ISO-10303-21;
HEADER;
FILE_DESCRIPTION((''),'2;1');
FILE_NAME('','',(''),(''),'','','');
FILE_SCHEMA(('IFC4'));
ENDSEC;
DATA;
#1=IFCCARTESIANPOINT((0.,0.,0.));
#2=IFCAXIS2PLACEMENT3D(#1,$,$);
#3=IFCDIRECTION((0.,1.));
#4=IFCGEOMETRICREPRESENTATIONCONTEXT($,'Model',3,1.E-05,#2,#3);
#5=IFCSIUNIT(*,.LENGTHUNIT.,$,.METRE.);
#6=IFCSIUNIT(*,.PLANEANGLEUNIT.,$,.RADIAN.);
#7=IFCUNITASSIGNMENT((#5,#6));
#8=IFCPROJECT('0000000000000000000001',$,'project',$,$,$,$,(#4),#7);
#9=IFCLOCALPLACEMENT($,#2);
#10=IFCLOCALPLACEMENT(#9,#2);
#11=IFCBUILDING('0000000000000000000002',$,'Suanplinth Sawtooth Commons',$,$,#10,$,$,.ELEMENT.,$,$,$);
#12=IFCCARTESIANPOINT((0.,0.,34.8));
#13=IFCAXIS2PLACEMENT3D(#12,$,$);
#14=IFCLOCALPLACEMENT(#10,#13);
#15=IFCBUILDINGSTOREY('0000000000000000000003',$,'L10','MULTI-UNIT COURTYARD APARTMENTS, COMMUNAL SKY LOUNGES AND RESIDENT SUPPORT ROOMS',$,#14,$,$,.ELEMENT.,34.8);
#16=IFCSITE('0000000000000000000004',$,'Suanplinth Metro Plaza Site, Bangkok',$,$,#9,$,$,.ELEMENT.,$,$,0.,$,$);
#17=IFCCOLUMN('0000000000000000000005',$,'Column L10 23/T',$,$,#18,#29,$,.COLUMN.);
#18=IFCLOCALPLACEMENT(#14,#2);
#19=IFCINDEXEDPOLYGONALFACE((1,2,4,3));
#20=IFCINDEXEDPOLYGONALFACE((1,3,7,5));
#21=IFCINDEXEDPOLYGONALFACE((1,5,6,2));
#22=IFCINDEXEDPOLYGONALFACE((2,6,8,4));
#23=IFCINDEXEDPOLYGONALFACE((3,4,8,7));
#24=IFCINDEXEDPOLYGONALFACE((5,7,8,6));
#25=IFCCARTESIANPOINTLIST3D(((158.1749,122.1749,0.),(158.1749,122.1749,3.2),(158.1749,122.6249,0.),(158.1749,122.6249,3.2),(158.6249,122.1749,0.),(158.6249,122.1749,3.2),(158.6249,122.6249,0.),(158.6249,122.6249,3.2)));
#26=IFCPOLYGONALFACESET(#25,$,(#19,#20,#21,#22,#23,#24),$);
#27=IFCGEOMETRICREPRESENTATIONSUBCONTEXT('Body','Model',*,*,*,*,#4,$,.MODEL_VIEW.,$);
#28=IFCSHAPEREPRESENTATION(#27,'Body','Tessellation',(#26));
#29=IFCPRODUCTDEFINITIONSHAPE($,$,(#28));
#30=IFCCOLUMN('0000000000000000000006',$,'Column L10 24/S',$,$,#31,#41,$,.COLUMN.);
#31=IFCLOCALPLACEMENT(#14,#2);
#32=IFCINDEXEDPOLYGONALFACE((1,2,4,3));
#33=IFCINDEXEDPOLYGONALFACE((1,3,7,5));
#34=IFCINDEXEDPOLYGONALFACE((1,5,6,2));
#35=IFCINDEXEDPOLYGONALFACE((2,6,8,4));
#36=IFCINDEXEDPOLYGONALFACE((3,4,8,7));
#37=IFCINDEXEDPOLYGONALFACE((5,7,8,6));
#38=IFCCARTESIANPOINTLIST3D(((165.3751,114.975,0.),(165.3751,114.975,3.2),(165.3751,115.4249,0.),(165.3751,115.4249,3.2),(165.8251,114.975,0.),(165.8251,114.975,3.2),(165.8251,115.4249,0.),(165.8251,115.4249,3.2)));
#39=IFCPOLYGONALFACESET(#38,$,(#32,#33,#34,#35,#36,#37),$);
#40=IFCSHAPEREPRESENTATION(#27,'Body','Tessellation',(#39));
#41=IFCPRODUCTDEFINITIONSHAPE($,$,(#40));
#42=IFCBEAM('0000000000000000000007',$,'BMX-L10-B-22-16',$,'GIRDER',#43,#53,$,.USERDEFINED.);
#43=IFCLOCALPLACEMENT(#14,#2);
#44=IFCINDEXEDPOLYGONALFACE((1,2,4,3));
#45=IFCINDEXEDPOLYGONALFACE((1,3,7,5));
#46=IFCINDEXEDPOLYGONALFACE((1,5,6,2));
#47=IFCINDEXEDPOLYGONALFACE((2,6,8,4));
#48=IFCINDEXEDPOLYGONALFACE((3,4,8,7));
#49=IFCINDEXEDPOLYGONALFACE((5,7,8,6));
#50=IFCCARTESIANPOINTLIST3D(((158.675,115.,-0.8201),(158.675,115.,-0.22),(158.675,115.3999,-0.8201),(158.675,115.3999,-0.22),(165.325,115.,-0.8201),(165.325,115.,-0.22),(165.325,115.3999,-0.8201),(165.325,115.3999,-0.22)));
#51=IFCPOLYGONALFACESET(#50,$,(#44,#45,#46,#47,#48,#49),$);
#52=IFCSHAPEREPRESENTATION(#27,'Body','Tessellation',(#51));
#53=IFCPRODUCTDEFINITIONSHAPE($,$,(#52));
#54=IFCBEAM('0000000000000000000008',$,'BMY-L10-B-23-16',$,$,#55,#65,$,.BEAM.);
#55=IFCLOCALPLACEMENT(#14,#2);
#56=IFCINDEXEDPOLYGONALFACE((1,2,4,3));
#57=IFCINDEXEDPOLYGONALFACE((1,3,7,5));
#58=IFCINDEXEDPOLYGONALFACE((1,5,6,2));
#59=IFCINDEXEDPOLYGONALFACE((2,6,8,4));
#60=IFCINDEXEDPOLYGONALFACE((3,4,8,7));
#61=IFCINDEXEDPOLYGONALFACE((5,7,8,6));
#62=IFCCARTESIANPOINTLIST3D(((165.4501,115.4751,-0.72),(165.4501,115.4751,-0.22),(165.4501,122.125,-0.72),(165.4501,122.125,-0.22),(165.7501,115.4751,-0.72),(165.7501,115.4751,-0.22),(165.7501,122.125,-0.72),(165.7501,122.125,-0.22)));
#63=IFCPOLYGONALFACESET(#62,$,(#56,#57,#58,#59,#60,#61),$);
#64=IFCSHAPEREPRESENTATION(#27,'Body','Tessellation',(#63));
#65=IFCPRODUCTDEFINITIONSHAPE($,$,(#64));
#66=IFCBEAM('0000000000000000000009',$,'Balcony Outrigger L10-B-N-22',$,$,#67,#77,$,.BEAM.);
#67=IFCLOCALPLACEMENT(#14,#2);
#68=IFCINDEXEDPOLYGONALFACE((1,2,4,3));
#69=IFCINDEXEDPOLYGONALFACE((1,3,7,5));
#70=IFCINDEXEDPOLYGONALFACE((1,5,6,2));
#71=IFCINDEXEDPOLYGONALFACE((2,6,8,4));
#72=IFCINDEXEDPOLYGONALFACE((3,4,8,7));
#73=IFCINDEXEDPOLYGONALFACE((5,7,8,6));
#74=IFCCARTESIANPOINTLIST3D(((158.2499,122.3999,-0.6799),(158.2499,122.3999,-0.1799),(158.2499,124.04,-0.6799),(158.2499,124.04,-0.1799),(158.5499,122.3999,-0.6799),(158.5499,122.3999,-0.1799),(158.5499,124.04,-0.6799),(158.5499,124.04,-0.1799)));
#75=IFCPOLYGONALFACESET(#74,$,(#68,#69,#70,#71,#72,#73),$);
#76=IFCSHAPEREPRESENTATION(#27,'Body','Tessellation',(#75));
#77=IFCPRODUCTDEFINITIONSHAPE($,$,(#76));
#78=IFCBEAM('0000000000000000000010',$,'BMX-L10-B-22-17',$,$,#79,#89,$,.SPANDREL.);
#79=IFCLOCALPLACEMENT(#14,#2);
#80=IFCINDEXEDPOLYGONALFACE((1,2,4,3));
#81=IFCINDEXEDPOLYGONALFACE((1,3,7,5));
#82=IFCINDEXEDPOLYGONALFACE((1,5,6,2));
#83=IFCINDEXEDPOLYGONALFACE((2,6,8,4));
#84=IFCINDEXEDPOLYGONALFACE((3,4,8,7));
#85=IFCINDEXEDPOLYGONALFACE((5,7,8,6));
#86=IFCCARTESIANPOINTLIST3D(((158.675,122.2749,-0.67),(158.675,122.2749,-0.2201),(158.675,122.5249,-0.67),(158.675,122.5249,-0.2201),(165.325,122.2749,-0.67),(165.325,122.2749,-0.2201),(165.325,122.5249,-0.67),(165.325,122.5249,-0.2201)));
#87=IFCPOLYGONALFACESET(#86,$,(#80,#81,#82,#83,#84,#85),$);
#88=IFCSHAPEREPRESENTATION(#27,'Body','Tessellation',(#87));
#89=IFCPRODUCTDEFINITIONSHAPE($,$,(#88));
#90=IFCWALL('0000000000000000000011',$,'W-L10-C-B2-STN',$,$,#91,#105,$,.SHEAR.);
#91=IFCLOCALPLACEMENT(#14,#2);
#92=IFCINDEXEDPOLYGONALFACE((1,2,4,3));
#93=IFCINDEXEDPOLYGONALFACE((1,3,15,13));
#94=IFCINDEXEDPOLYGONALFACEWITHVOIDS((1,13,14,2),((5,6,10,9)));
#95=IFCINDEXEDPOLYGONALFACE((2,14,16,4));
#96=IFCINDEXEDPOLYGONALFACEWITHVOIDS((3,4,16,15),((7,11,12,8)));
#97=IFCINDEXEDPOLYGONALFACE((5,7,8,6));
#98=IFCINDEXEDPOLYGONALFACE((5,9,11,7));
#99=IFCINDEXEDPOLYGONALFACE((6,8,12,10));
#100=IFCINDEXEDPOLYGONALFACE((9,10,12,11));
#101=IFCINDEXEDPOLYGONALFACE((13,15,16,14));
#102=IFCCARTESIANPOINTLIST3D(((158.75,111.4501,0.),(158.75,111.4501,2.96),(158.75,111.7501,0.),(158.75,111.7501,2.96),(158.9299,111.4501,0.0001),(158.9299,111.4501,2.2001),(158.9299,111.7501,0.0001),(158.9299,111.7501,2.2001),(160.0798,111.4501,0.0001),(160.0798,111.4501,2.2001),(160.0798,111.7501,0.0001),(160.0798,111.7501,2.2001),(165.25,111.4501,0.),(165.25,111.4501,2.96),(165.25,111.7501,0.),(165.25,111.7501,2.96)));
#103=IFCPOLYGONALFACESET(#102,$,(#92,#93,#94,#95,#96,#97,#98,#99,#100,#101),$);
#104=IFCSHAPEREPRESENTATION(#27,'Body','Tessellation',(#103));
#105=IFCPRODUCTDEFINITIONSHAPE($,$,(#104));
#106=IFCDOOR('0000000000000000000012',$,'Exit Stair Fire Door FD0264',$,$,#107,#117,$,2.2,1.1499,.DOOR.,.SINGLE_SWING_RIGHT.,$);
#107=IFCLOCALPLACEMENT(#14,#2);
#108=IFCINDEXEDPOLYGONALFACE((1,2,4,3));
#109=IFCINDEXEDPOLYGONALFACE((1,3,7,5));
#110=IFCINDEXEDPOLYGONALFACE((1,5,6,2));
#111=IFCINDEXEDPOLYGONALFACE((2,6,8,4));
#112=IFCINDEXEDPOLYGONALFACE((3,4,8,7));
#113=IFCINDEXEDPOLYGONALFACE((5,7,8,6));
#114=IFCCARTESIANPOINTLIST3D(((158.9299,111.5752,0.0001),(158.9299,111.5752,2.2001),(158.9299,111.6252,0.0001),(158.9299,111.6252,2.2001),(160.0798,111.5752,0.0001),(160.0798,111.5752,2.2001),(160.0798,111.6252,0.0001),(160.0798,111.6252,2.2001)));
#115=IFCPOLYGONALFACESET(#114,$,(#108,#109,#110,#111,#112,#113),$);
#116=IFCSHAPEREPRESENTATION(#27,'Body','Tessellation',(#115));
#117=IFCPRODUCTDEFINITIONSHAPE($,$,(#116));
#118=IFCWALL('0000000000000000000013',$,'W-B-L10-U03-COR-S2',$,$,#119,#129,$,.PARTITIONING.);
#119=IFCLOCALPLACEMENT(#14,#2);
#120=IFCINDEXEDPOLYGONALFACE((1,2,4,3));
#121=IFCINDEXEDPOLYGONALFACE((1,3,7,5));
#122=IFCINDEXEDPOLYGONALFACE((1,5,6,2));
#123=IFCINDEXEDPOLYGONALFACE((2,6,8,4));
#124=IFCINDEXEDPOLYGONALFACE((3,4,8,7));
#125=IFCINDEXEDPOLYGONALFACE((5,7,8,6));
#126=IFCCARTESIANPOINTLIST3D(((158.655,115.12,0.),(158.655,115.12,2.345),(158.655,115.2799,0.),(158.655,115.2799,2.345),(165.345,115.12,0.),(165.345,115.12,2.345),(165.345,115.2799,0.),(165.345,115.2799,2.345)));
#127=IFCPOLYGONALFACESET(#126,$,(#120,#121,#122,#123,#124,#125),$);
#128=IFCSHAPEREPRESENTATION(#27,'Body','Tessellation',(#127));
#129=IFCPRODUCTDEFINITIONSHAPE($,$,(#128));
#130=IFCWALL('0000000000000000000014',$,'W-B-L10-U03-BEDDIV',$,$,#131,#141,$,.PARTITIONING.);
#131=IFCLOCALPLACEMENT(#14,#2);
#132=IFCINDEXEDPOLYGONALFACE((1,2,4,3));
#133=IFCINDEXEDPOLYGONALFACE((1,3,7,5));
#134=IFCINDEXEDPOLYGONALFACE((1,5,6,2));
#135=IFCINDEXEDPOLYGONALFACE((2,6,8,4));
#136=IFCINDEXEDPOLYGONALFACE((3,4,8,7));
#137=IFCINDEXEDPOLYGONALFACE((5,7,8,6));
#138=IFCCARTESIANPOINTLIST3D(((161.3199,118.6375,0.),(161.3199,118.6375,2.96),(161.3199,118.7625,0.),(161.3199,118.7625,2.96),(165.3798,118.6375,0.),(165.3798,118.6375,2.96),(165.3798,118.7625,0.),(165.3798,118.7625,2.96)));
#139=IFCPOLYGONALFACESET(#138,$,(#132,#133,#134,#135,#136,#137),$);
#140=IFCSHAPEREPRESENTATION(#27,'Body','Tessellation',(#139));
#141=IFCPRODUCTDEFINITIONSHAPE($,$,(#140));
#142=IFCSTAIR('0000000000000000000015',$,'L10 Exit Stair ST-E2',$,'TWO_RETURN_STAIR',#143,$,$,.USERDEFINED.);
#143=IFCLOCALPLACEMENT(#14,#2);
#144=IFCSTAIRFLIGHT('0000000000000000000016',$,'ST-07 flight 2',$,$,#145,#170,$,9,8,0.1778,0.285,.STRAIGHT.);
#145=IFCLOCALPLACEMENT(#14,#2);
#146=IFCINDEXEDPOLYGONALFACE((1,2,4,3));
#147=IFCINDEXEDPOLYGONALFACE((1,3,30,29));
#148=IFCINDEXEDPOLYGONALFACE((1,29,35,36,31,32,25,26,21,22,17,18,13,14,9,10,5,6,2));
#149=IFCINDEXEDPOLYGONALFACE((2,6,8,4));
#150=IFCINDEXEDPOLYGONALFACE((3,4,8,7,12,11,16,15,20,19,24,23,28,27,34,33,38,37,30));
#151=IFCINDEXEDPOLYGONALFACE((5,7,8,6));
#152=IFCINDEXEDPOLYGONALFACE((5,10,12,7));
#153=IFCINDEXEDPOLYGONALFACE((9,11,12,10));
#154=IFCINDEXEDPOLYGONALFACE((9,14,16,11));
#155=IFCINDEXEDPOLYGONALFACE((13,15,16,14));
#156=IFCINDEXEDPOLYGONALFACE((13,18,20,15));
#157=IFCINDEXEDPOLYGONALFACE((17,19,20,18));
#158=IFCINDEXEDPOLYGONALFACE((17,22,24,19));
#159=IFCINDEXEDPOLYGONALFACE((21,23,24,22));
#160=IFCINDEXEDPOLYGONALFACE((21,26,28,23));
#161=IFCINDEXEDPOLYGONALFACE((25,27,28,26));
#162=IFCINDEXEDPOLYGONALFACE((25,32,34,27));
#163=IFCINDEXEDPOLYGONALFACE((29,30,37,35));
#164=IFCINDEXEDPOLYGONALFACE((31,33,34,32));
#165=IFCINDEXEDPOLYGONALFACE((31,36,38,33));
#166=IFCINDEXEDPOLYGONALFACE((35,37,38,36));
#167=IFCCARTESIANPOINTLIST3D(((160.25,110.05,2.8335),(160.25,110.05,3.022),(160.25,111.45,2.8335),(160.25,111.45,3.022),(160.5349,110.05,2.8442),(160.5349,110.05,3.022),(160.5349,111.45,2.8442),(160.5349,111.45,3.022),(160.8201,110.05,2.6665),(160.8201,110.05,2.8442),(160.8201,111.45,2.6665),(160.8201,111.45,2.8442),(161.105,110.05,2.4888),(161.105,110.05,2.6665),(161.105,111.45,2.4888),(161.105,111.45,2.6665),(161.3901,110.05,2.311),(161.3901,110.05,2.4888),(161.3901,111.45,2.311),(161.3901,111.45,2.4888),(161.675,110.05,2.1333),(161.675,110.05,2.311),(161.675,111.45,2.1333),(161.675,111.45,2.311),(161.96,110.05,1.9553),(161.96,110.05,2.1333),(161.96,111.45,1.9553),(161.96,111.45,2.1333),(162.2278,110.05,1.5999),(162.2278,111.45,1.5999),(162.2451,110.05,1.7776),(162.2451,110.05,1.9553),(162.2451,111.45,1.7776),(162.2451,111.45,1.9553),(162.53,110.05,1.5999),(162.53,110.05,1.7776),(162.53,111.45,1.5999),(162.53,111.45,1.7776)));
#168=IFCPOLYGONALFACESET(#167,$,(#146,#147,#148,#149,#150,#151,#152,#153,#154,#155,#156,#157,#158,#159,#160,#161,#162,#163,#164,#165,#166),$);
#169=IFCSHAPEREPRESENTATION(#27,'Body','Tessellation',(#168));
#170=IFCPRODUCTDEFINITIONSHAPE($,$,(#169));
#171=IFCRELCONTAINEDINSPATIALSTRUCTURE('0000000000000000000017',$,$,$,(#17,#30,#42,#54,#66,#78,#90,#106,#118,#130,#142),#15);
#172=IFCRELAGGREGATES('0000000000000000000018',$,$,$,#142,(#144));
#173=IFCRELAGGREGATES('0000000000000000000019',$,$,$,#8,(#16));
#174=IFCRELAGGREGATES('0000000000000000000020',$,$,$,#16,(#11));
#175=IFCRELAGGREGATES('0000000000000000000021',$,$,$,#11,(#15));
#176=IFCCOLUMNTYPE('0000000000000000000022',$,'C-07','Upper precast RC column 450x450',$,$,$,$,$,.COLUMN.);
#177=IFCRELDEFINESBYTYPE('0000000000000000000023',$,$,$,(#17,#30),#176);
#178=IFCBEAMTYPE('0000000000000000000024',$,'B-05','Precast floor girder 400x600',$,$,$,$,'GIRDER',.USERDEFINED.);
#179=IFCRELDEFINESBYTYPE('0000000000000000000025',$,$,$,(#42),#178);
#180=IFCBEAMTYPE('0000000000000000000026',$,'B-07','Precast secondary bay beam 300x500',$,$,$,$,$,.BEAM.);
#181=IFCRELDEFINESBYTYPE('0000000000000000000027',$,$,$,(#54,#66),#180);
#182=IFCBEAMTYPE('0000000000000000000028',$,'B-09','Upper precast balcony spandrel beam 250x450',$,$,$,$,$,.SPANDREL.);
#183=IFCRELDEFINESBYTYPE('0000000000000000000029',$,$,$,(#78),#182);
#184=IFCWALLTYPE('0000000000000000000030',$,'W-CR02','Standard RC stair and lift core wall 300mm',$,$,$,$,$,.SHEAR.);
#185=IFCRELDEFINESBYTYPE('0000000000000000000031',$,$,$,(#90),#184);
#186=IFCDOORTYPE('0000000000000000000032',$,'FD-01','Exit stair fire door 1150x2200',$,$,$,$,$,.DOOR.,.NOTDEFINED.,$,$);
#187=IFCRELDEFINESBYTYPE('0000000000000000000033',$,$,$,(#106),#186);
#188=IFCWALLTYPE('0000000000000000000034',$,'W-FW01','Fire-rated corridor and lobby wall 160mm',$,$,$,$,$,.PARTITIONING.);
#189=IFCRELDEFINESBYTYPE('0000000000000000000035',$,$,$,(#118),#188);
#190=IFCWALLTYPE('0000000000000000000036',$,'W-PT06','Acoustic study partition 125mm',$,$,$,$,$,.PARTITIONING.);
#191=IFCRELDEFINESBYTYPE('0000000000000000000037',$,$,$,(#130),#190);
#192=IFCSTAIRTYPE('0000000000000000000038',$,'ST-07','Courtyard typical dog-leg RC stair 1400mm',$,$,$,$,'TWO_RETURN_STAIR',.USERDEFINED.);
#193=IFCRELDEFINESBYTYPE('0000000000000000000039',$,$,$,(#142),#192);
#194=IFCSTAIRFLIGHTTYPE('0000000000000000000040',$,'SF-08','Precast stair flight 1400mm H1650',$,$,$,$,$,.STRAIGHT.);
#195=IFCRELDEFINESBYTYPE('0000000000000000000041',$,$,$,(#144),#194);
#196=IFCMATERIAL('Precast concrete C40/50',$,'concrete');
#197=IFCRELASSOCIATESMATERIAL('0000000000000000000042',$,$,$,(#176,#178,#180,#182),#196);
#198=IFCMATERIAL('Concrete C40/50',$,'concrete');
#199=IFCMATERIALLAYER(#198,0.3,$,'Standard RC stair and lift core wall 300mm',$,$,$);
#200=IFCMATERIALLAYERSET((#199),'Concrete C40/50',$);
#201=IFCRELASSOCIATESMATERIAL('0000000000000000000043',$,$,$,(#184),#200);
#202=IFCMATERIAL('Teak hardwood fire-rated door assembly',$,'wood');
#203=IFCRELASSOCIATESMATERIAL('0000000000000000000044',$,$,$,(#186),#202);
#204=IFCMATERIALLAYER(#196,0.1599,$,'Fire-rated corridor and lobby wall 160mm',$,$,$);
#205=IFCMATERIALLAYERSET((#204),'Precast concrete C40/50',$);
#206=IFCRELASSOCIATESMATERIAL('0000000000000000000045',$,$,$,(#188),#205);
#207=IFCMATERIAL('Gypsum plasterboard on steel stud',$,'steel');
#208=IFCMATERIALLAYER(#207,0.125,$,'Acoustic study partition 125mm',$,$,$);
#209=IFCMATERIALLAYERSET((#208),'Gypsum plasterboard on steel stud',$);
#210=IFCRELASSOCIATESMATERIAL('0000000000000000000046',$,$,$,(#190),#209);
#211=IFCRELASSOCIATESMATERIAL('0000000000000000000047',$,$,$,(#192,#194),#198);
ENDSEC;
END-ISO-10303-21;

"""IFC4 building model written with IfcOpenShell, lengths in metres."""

from ifc_helpers import new_model, si_unit, direction, frame, frame_2d, origin, origin_2d, place, context, subcontext, project, spatial, polyline, rectangle, outline, extrude, material, layer, layer_set, material_profile, profile_set, type_object, element, fill, aggregate, save


model = new_model("IFC4")

# Units and contexts
model_context = context("Model", 3, precision=1e-05, world=origin(), true_north=direction((0.0, 1.0)))
body_context = subcontext(model_context, "Body", "Model", "MODEL_VIEW")
ifc_project = project(units=[si_unit("LENGTHUNIT", "METRE"), si_unit("PLANEANGLEUNIT", "RADIAN")], contexts=[model_context])

# Site, building, storey
site_placement = place(None, origin())
site = spatial("IfcSite", under=ifc_project, at=site_placement, Name="Suanplinth Metro Plaza Site, Bangkok", CompositionType="ELEMENT", RefElevation=0.0)
building_placement = place(site_placement, origin())
building = spatial("IfcBuilding", under=site, at=building_placement, Name="Suanplinth Sawtooth Commons", CompositionType="ELEMENT")
storey_placement = place(building_placement, frame((0.0, 0.0, 34.8)))
storey = spatial("IfcBuildingStorey", under=building, at=storey_placement, Name="L10", Description="MULTI-UNIT COURTYARD APARTMENTS, COMMUNAL SKY LOUNGES AND RESIDENT SUPPORT ROOMS", CompositionType="ELEMENT", Elevation=34.8)

# Columns
ifc_material_1 = material(Name="Precast concrete C40/50", Category="concrete")
ifc_material_profile_1 = material_profile(ifc_material_1, rectangle(XDim=0.45, YDim=0.45, at=origin_2d()), Name="PC-COL 450x450")
ifc_profile_set_1 = profile_set([ifc_material_profile_1], Name="Precast concrete C40/50")
column_type = type_object("IfcColumnType", Name="C-07", Description="Upper precast RC column 450x450", PredefinedType="COLUMN", material=ifc_profile_set_1)
for number, where, z_axis, x_axis, name in (
    (1, (158.3999, 122.3999, 0.0), (0.0, 0.0, 1.0), (1.0, 0.0, 0.0), "Column L10 23/T"),
    (2, (165.6001, 115.2, 0.0), (0.0, 0.0, 1.0), (1.0, 0.0, 0.0), "Column L10 24/S"),
):
    element("IfcColumn", number, at=place(storey_placement, frame(where, z_axis=z_axis, x_axis=x_axis)), inside=storey, type_object=column_type, Name=name, PredefinedType="COLUMN", context=body_context, shape_type="SweptSolid", body=[
        extrude(rectangle(XDim=0.45, YDim=0.45, at=origin_2d()), origin(), (0.0, 0.0, 1.0), 3.2),
    ])

# Beams
ifc_material_profile_2 = material_profile(ifc_material_1, rectangle(XDim=0.3999, YDim=0.6001, at=origin_2d()), Name="PC-GDR 400x600")
ifc_profile_set_2 = profile_set([ifc_material_profile_2], Name="Precast concrete C40/50")
beam_type_1 = type_object("IfcBeamType", Name="B-05", Description="Precast floor girder 400x600", ElementType="GIRDER", PredefinedType="USERDEFINED", material=ifc_profile_set_2)
beam_1_placement = place(storey_placement, frame((158.675, 115.2, -0.52), z_axis=(1.0, 0.0, 0.0), x_axis=(0.0, 1.0, 0.0)))
element("IfcBeam", 3, at=beam_1_placement, inside=storey, type_object=beam_type_1, Name="BMX-L10-B-22-16", ObjectType="GIRDER", PredefinedType="USERDEFINED", context=body_context, shape_type="SweptSolid", body=[
    extrude(rectangle(XDim=0.3999, YDim=0.6001, at=origin_2d()), origin(), (0.0, 0.0, 1.0), 6.6499),
])
ifc_material_profile_3 = material_profile(ifc_material_1, rectangle(XDim=0.3, YDim=0.5, at=origin_2d()), Name="PC-BM 300x500")
ifc_profile_set_3 = profile_set([ifc_material_profile_3], Name="Precast concrete C40/50")
beam_type_2 = type_object("IfcBeamType", Name="B-07", Description="Precast secondary bay beam 300x500", PredefinedType="BEAM", material=ifc_profile_set_3)
beam_2_placement = place(storey_placement, frame((165.6001, 115.4751, -0.47), z_axis=(0.0, 1.0, 0.0), x_axis=(-1.0, 0.0, 0.0)))
element("IfcBeam", 4, at=beam_2_placement, inside=storey, type_object=beam_type_2, Name="BMY-L10-B-23-16", PredefinedType="BEAM", context=body_context, shape_type="SweptSolid", body=[
    extrude(rectangle(XDim=0.3, YDim=0.5, at=origin_2d()), origin(), (0.0, 0.0, 1.0), 6.6499),
])
beam_3_placement = place(storey_placement, frame((158.3999, 122.3999, -0.4299), z_axis=(0.0, 1.0, 0.0), x_axis=(-1.0, 0.0, 0.0)))
element("IfcBeam", 5, at=beam_3_placement, inside=storey, type_object=beam_type_2, Name="Balcony Outrigger L10-B-N-22", PredefinedType="BEAM", context=body_context, shape_type="SweptSolid", body=[
    extrude(rectangle(XDim=0.3, YDim=0.5, at=origin_2d()), origin(), (0.0, 0.0, 1.0), 1.6401),
])
ifc_material_profile_4 = material_profile(ifc_material_1, rectangle(XDim=0.25, YDim=0.45, at=origin_2d()), Name="PC-SP 250x450")
ifc_profile_set_4 = profile_set([ifc_material_profile_4], Name="Precast concrete C40/50")
beam_type_3 = type_object("IfcBeamType", Name="B-09", Description="Upper precast balcony spandrel beam 250x450", PredefinedType="SPANDREL", material=ifc_profile_set_4)
beam_4_placement = place(storey_placement, frame((158.675, 122.3999, -0.4451), z_axis=(1.0, 0.0, 0.0), x_axis=(0.0, 1.0, 0.0)))
element("IfcBeam", 6, at=beam_4_placement, inside=storey, type_object=beam_type_3, Name="BMX-L10-B-22-17", PredefinedType="SPANDREL", context=body_context, shape_type="SweptSolid", body=[
    extrude(rectangle(XDim=0.25, YDim=0.45, at=origin_2d()), origin(), (0.0, 0.0, 1.0), 6.6499),
])

# Wall, opening, door
ifc_material_2 = material(Name="Concrete C40/50", Category="concrete")
ifc_layer_1 = layer(ifc_material_2, 0.3, Name="Standard RC stair and lift core wall 300mm")
ifc_layer_set_1 = layer_set([ifc_layer_1], Name="Concrete C40/50")
wall_type_1 = type_object("IfcWallType", Name="W-CR02", Description="Standard RC stair and lift core wall 300mm", PredefinedType="SHEAR", material=ifc_layer_set_1)
wall_1_placement = place(storey_placement, frame((158.75, 111.6001, 0.0), z_axis=(0.0, 0.0, 1.0), x_axis=(1.0, 0.0, 0.0)))
wall_1 = element("IfcWall", 7, at=wall_1_placement, inside=storey, type_object=wall_type_1, Name="W-L10-C-B2-STN", PredefinedType="SHEAR", context=body_context, shape_type="SweptSolid", body=[
    extrude(rectangle(XDim=6.5, YDim=0.3, at=frame_2d((3.25, 0.0))), origin(), (0.0, 0.0, 1.0), 2.96),
])
opening_1_placement = place(wall_1_placement, frame((0.1799, 0.0, 0.0)))
opening_1 = element("IfcOpeningElement", 8, at=opening_1_placement, cuts=wall_1, PredefinedType="OPENING", context=body_context, shape_type="SweptSolid", body=[
    extrude(rectangle(XDim=1.1499, YDim=2.2, at=frame_2d((0.575, 1.1001))), frame((0.0, 0.165, 0.0), z_axis=(0.0, -1.0, 0.0), x_axis=(1.0, 0.0, 0.0)), (0.0, 0.0, 1.0), 0.3298),
])
ifc_material_3 = material(Name="Teak hardwood fire-rated door assembly", Category="wood")
door_type_1 = type_object("IfcDoorType", Name="FD-01", Description="Exit stair fire door 1150x2200", OperationType="NOTDEFINED", PredefinedType="DOOR", material=ifc_material_3)
door_1_placement = place(opening_1_placement, frame((1.1499, 0.0, 0.0), z_axis=(0.0, 0.0, 1.0), x_axis=(-1.0, 0.0, 0.0)))
door_1 = element("IfcDoor", 9, at=door_1_placement, inside=storey, type_object=door_type_1, Name="Exit Stair Fire Door FD0264", OperationType="SINGLE_SWING_RIGHT", OverallHeight=2.2, OverallWidth=1.1499, PredefinedType="DOOR", context=body_context, shape_type="SweptSolid", body=[
    extrude(rectangle(XDim=1.1499, YDim=2.2, at=frame_2d((0.575, 1.1001))), frame((0.0, 0.0249, 0.0), z_axis=(0.0, -1.0, 0.0), x_axis=(1.0, 0.0, 0.0)), (0.0, 0.0, 1.0), 0.05),
])
fill(opening_1, door_1)

# Wall
ifc_layer_2 = layer(ifc_material_1, 0.1599, Name="Fire-rated corridor and lobby wall 160mm")
ifc_layer_set_2 = layer_set([ifc_layer_2], Name="Precast concrete C40/50")
wall_type_2 = type_object("IfcWallType", Name="W-FW01", Description="Fire-rated corridor and lobby wall 160mm", PredefinedType="PARTITIONING", material=ifc_layer_set_2)
wall_2_placement = place(storey_placement, frame((158.655, 115.2, 0.0), z_axis=(0.0, 0.0, 1.0), x_axis=(1.0, 0.0, 0.0)))
element("IfcWall", 10, at=wall_2_placement, inside=storey, type_object=wall_type_2, Name="W-B-L10-U03-COR-S2", PredefinedType="PARTITIONING", context=body_context, shape_type="SweptSolid", body=[
    extrude(rectangle(XDim=6.6899, YDim=0.1599, at=frame_2d((3.345, 0.0))), origin(), (0.0, 0.0, 1.0), 2.345),
])

# Shared definitions
ifc_material_4 = material(Name="Gypsum plasterboard on steel stud", Category="steel")

# Wall
ifc_layer_3 = layer(ifc_material_4, 0.125, Name="Acoustic study partition 125mm")
ifc_layer_set_3 = layer_set([ifc_layer_3], Name="Gypsum plasterboard on steel stud")
wall_type_3 = type_object("IfcWallType", Name="W-PT06", Description="Acoustic study partition 125mm", PredefinedType="PARTITIONING", material=ifc_layer_set_3)
wall_3_placement = place(storey_placement, frame((161.3201, 118.7, 0.0), z_axis=(0.0, 0.0, 1.0), x_axis=(1.0, 0.0, 0.0)))
element("IfcWall", 11, at=wall_3_placement, inside=storey, type_object=wall_type_3, Name="W-B-L10-U03-BEDDIV", PredefinedType="PARTITIONING", context=body_context, shape_type="SweptSolid", body=[
    extrude(rectangle(XDim=4.0598, YDim=0.125, at=frame_2d((2.0298, 0.0))), origin(), (0.0, 0.0, 1.0), 2.96),
])

# Stair, stair flight
stair_type = type_object("IfcStairType", Name="ST-07", Description="Courtyard typical dog-leg RC stair 1400mm", ElementType="TWO_RETURN_STAIR", PredefinedType="USERDEFINED", material=ifc_material_2)
stair_placement = place(storey_placement, origin())
stair = element("IfcStair", 12, at=stair_placement, inside=storey, type_object=stair_type, Name="L10 Exit Stair ST-E2", ObjectType="TWO_RETURN_STAIR", PredefinedType="USERDEFINED")
stair_flight_type = type_object("IfcStairFlightType", Name="SF-08", Description="Precast stair flight 1400mm H1650", PredefinedType="STRAIGHT", material=ifc_material_2)
stair_flight_placement = place(storey_placement, frame((162.53, 110.75, 1.5999), z_axis=(0.0, 0.0, 1.0), x_axis=(-1.0, 0.0, 0.0)))
stair_flight = element("IfcStairFlight", 13, at=stair_flight_placement, type_object=stair_flight_type, Name="ST-07 flight 2", NumberOfRisers=9, NumberOfTreads=8, PredefinedType="STRAIGHT", RiserHeight=0.1778, TreadLength=0.285, context=body_context, shape_type="SweptSolid", body=[
    extrude(outline(polyline([(0.0, 0.0), (0.0, 0.1777), (0.2849, 0.1777), (0.2849, 0.3555), (0.5701, 0.3555), (0.5701, 0.5334), (0.855, 0.5334), (0.855, 0.7112), (1.1399, 0.7112), (1.1399, 0.8889), (1.425, 0.8889), (1.425, 1.0667), (1.71, 1.0667), (1.71, 1.2444), (1.9951, 1.2444), (1.9951, 1.4221), (2.28, 1.4221), (2.28, 1.6001), (2.28, 1.2336), (0.3022, 0.0), (0.0, 0.0)])), frame((0.0, 0.7, 0.0), z_axis=(0.0, -1.0, 0.0), x_axis=(1.0, 0.0, 0.0)), (0.0, 0.0, 1.0), 1.3999),
])
aggregate(stair, [stair_flight])

save(model, "model.ifc")
